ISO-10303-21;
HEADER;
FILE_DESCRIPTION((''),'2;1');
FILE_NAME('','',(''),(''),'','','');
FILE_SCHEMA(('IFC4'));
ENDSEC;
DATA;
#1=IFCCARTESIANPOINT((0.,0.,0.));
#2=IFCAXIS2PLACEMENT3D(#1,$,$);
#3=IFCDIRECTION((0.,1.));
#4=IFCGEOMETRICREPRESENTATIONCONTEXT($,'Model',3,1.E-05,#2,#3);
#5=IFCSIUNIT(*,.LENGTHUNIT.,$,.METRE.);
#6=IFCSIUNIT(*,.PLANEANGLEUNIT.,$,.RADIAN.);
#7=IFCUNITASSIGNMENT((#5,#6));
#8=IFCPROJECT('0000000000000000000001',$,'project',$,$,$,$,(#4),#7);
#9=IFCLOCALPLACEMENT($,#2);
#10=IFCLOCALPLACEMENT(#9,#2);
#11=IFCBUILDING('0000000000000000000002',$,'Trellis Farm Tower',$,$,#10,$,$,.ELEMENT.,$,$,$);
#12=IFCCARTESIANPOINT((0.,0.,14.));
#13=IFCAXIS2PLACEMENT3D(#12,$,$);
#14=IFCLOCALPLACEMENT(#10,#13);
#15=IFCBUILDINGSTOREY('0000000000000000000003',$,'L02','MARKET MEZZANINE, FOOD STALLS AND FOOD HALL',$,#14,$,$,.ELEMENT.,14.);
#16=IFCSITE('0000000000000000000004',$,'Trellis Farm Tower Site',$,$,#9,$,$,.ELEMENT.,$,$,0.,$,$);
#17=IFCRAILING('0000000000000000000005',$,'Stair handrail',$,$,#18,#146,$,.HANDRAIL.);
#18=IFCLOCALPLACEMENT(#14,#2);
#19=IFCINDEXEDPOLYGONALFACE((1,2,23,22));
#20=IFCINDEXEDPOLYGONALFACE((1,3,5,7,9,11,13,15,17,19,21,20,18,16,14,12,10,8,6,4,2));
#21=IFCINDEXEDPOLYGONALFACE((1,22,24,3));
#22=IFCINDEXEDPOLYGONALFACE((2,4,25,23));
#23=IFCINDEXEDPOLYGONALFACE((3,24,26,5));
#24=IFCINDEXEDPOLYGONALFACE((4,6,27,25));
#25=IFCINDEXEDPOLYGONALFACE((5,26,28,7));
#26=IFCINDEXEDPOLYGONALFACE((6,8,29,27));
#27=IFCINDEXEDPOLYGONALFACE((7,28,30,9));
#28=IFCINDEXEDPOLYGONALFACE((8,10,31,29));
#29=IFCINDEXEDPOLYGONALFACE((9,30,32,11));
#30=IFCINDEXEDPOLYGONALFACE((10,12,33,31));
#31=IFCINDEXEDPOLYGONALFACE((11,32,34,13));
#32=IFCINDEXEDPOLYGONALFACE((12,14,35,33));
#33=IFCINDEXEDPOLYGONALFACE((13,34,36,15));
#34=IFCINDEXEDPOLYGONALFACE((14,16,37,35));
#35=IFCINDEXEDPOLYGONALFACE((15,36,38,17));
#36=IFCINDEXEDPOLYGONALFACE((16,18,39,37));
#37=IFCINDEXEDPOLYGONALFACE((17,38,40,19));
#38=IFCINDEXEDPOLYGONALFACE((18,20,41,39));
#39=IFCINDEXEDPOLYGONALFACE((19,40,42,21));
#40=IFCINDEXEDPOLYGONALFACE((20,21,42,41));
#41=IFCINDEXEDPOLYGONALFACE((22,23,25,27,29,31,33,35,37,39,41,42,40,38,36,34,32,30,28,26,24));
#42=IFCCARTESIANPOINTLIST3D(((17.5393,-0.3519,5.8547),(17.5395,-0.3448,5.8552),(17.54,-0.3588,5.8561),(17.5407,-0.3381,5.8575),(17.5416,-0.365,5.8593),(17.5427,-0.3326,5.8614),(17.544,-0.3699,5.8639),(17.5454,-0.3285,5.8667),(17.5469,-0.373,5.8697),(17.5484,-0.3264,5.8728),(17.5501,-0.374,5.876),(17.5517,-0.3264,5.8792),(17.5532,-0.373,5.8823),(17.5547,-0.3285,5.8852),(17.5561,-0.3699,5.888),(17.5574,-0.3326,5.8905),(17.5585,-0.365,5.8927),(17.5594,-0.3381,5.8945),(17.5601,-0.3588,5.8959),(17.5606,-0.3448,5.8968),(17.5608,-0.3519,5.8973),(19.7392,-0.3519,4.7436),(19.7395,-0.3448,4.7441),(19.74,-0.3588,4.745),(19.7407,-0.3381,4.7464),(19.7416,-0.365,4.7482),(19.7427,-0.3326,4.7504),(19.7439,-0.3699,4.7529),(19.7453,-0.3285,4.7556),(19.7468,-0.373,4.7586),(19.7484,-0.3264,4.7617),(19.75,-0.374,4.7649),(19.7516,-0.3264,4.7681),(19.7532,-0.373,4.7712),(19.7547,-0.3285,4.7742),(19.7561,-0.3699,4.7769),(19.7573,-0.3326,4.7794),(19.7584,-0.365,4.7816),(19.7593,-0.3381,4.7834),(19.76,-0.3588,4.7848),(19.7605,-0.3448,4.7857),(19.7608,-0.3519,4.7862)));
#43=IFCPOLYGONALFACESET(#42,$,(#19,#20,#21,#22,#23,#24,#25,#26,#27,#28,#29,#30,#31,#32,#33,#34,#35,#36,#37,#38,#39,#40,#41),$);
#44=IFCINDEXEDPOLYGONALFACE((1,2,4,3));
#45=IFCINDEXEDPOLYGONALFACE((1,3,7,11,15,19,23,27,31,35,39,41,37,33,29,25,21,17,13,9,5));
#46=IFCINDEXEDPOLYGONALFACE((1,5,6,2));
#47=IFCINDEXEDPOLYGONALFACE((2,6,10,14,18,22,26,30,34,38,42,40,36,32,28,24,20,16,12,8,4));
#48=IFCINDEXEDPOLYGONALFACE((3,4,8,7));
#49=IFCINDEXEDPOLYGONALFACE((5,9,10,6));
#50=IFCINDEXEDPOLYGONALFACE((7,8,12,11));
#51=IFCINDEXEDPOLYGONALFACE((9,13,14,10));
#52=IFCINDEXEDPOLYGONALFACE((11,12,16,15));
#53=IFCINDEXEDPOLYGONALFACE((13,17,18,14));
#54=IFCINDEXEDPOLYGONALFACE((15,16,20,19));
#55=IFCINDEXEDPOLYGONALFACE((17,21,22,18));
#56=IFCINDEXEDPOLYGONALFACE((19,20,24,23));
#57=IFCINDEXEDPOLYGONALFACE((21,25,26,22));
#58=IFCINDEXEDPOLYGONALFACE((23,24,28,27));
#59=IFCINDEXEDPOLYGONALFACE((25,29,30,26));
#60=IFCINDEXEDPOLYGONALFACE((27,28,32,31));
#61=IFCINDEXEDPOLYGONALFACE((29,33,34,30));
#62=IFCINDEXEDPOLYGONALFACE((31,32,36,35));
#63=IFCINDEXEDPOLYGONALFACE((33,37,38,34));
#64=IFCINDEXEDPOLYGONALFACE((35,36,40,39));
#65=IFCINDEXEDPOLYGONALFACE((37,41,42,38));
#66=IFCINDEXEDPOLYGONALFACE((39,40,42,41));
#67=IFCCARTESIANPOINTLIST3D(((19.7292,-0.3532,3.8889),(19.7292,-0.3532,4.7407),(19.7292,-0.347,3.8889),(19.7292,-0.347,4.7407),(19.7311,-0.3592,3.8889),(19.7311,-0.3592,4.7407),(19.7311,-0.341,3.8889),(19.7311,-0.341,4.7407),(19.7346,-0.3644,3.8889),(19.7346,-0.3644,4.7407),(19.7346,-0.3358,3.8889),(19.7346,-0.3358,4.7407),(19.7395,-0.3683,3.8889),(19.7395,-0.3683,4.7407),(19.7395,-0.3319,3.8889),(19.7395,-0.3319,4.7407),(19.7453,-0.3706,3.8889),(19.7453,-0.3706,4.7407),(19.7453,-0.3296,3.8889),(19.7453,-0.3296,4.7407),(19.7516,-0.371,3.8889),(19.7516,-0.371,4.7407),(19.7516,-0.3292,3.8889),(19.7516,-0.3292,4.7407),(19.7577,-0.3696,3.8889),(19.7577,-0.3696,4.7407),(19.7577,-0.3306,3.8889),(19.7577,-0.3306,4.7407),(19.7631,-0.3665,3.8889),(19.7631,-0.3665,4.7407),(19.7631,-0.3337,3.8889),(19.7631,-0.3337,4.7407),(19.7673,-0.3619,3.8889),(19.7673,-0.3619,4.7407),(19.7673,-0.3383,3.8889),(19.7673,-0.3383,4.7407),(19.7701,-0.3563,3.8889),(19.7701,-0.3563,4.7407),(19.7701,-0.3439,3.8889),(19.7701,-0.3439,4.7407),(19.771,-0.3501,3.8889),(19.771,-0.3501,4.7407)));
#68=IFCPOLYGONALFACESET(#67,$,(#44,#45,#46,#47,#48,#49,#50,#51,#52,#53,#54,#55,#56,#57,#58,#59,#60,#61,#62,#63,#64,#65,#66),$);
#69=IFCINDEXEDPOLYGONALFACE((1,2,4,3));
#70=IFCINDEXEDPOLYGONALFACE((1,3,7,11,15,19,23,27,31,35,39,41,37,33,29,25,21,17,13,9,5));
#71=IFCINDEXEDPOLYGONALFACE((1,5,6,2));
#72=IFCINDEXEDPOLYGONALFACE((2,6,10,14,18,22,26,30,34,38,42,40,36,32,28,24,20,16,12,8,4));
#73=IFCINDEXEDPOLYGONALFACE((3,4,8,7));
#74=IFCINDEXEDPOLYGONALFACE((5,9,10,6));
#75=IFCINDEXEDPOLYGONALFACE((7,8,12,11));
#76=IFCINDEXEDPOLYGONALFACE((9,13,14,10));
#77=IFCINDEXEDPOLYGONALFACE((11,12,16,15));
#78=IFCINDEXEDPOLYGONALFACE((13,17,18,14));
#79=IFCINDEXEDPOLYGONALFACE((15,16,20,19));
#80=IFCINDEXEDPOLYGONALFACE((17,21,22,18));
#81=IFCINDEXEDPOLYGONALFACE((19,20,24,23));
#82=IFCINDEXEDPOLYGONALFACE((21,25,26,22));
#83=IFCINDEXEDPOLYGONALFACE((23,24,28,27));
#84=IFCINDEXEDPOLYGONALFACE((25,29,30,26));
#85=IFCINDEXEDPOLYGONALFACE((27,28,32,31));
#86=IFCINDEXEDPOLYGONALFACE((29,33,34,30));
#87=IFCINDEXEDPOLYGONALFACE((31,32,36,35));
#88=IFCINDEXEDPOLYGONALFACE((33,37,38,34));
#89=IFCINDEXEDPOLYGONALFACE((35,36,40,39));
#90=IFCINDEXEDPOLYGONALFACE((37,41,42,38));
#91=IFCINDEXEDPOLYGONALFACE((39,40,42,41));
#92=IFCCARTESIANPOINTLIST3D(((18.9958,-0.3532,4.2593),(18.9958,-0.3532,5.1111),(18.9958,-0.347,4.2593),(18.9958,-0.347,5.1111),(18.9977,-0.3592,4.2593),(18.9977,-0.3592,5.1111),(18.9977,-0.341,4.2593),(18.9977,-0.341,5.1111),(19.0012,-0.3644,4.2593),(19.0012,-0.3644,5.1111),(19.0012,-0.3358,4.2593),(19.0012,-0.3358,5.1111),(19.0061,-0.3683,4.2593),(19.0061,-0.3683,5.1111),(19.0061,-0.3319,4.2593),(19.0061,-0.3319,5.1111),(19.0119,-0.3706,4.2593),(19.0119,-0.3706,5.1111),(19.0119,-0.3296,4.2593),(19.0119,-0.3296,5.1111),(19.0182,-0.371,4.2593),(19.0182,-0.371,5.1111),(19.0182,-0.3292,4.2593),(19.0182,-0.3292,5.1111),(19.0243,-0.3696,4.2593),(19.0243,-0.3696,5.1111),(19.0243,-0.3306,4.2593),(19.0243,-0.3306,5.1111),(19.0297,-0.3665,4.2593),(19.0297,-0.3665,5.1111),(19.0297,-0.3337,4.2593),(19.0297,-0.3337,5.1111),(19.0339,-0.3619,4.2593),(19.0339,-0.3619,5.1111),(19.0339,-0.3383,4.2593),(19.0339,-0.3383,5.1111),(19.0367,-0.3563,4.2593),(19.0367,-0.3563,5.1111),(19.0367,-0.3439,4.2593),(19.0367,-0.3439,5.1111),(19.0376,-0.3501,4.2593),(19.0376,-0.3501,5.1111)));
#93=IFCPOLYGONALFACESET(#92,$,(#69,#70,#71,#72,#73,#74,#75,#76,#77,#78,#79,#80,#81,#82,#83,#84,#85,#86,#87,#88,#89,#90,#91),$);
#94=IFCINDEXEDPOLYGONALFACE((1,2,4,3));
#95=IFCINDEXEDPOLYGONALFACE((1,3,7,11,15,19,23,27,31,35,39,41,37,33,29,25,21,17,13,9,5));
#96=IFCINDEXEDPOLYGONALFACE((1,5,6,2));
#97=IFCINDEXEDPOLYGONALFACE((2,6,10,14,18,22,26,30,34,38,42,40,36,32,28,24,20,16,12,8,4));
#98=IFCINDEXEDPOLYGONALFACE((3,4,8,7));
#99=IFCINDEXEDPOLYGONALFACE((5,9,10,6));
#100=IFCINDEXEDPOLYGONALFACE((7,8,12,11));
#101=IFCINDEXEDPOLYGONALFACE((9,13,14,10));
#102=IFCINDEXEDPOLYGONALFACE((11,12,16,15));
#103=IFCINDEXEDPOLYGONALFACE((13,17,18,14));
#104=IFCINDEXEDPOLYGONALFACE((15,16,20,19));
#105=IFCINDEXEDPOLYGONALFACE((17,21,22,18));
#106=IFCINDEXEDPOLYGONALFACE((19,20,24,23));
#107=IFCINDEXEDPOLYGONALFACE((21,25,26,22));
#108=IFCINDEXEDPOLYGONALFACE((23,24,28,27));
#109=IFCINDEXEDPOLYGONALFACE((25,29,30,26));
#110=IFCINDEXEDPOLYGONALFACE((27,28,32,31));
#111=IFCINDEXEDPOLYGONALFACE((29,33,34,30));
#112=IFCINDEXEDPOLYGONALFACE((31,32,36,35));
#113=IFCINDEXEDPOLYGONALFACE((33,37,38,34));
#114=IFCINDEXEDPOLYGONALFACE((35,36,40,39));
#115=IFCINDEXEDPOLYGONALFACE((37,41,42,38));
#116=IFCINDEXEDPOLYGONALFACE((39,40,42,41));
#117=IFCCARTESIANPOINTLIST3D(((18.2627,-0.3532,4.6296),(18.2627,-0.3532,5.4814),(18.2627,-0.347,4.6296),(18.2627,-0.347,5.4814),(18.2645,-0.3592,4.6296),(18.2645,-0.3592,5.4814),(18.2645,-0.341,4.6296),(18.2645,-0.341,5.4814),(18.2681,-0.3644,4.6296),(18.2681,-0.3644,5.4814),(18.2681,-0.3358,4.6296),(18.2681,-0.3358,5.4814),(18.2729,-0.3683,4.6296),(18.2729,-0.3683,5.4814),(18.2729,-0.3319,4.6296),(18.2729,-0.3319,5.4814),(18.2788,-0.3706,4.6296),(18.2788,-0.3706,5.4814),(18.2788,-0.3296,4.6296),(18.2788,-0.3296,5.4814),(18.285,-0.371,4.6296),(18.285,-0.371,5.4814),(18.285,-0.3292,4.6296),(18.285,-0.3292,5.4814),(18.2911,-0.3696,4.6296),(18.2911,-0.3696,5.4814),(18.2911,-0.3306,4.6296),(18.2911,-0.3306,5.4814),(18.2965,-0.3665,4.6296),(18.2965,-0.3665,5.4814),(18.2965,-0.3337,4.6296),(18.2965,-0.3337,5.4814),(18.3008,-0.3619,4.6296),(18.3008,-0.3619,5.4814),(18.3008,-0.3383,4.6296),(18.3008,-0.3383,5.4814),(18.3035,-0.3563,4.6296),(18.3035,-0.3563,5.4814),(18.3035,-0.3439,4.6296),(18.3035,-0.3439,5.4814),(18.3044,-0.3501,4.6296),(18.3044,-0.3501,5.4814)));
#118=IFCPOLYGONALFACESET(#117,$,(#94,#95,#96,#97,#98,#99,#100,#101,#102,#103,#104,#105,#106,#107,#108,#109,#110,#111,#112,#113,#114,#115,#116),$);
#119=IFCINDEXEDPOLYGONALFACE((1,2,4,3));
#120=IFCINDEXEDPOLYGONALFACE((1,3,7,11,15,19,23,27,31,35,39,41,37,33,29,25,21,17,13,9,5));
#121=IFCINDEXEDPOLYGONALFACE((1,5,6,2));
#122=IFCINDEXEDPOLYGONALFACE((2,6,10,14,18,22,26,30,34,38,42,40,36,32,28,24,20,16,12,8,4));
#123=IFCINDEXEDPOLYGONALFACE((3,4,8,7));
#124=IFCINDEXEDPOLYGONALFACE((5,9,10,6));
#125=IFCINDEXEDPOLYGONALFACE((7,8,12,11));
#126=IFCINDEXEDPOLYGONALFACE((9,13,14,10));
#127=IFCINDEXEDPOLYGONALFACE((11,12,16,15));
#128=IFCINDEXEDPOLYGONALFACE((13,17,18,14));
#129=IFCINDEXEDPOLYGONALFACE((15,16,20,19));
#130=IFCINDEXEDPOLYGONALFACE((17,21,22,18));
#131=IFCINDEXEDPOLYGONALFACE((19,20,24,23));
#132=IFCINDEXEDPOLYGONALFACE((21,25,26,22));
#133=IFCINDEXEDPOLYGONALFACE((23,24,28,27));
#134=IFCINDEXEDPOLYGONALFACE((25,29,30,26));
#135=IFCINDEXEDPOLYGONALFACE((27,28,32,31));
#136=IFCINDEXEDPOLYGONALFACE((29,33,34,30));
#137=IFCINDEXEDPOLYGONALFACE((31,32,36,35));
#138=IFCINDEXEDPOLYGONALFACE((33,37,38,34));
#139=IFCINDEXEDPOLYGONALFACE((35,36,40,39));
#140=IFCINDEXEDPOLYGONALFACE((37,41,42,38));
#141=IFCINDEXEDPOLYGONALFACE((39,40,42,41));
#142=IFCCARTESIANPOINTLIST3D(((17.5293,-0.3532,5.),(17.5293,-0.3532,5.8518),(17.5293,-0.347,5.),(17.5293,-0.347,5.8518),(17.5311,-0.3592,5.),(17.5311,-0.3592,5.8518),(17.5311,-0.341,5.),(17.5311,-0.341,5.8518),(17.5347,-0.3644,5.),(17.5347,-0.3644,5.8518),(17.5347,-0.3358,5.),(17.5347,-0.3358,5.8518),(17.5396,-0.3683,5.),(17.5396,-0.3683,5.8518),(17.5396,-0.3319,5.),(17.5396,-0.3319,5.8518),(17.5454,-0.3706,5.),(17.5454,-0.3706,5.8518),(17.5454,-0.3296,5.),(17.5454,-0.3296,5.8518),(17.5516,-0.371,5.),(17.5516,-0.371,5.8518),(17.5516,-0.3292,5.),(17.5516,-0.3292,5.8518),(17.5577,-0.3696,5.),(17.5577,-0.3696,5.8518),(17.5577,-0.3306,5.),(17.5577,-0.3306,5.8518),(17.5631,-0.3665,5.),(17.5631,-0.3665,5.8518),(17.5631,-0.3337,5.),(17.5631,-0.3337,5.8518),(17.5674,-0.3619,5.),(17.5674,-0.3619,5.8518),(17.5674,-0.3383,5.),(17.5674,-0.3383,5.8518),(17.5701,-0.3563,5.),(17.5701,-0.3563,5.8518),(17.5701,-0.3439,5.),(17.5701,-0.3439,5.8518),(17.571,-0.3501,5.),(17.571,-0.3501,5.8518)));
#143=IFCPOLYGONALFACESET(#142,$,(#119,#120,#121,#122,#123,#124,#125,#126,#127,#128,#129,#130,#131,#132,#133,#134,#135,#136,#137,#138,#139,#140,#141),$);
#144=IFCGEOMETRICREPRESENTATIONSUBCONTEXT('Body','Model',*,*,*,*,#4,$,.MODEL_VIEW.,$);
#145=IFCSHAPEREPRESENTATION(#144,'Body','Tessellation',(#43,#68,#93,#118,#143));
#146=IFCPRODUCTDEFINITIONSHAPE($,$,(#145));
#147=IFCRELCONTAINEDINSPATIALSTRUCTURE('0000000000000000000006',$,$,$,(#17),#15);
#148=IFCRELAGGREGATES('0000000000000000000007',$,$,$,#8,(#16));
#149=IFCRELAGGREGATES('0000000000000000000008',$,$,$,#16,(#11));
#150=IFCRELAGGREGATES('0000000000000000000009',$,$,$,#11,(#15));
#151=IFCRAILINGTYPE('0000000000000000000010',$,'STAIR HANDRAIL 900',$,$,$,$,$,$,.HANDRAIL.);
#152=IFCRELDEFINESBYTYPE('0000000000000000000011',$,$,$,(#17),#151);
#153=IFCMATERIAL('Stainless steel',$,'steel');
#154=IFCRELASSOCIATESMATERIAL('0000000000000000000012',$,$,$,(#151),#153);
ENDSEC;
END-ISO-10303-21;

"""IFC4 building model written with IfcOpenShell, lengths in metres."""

from ifc_helpers import new_model, si_unit, direction, frame, origin, origin_2d, place, context, subcontext, project, spatial, circle, extrude, source, transform, mapped, material, type_object, element, save


model = new_model("IFC4")

# Units and contexts
model_context = context("Model", 3, precision=1e-05, world=origin(), true_north=direction((0.0, 1.0)))
body_context = subcontext(model_context, "Body", "Model", "MODEL_VIEW")
ifc_project = project(units=[si_unit("LENGTHUNIT", "METRE"), si_unit("PLANEANGLEUNIT", "RADIAN")], contexts=[model_context])

# Site, building, storey
site_placement = place(None, origin())
site = spatial("IfcSite", under=ifc_project, at=site_placement, Name="Trellis Farm Tower Site", CompositionType="ELEMENT", RefElevation=0.0)
building_placement = place(site_placement, origin())
building = spatial("IfcBuilding", under=site, at=building_placement, Name="Trellis Farm Tower", CompositionType="ELEMENT")
storey_placement = place(building_placement, frame((0.0, 0.0, 14.0)))
storey = spatial("IfcBuildingStorey", under=building, at=storey_placement, Name="L02", Description="MARKET MEZZANINE, FOOD STALLS AND FOOD HALL", CompositionType="ELEMENT", Elevation=14.0)

# Railing
ifc_material_1 = material(Name="Stainless steel", Category="steel")
railing_type = type_object("IfcRailingType", Name="STAIR HANDRAIL 900", PredefinedType="HANDRAIL", material=ifc_material_1)
shared_shape_1 = source(origin(), body_context, "Body", "SweptSolid", [
    extrude(circle(Radius=0.0239, at=origin_2d()), frame((0.0, 0.0, 0.876), z_axis=(-0.892617, 0.0, 0.450816), x_axis=(0.0, -1.0, 0.0)), (0.0, 0.0, 1.0), 2.4646),
    extrude(circle(Radius=0.021, at=origin_2d()), origin(), (0.0, 0.0, 1.0), 0.8518),
    extrude(circle(Radius=0.021, at=origin_2d()), frame((-0.7334, 0.0, 0.3704)), (0.0, 0.0, 1.0), 0.8518),
    extrude(circle(Radius=0.021, at=origin_2d()), frame((-1.4666, 0.0, 0.7407)), (0.0, 0.0, 1.0), 0.8518),
    extrude(circle(Radius=0.021, at=origin_2d()), frame((-2.2, 0.0, 1.1111)), (0.0, 0.0, 1.0), 0.8518),
])
for number, where, name in (
    (1, (19.75, -0.3501, 3.8889), "Stair handrail"),
):
    element("IfcRailing", number, at=place(storey_placement, frame(where)), inside=storey, type_object=railing_type, Name=name, PredefinedType="HANDRAIL", context=body_context, shape_type="MappedRepresentation", body=[
        mapped(shared_shape_1, transform((0.0, 0.0, 0.0))),
    ])

save(model, "model.ifc")
